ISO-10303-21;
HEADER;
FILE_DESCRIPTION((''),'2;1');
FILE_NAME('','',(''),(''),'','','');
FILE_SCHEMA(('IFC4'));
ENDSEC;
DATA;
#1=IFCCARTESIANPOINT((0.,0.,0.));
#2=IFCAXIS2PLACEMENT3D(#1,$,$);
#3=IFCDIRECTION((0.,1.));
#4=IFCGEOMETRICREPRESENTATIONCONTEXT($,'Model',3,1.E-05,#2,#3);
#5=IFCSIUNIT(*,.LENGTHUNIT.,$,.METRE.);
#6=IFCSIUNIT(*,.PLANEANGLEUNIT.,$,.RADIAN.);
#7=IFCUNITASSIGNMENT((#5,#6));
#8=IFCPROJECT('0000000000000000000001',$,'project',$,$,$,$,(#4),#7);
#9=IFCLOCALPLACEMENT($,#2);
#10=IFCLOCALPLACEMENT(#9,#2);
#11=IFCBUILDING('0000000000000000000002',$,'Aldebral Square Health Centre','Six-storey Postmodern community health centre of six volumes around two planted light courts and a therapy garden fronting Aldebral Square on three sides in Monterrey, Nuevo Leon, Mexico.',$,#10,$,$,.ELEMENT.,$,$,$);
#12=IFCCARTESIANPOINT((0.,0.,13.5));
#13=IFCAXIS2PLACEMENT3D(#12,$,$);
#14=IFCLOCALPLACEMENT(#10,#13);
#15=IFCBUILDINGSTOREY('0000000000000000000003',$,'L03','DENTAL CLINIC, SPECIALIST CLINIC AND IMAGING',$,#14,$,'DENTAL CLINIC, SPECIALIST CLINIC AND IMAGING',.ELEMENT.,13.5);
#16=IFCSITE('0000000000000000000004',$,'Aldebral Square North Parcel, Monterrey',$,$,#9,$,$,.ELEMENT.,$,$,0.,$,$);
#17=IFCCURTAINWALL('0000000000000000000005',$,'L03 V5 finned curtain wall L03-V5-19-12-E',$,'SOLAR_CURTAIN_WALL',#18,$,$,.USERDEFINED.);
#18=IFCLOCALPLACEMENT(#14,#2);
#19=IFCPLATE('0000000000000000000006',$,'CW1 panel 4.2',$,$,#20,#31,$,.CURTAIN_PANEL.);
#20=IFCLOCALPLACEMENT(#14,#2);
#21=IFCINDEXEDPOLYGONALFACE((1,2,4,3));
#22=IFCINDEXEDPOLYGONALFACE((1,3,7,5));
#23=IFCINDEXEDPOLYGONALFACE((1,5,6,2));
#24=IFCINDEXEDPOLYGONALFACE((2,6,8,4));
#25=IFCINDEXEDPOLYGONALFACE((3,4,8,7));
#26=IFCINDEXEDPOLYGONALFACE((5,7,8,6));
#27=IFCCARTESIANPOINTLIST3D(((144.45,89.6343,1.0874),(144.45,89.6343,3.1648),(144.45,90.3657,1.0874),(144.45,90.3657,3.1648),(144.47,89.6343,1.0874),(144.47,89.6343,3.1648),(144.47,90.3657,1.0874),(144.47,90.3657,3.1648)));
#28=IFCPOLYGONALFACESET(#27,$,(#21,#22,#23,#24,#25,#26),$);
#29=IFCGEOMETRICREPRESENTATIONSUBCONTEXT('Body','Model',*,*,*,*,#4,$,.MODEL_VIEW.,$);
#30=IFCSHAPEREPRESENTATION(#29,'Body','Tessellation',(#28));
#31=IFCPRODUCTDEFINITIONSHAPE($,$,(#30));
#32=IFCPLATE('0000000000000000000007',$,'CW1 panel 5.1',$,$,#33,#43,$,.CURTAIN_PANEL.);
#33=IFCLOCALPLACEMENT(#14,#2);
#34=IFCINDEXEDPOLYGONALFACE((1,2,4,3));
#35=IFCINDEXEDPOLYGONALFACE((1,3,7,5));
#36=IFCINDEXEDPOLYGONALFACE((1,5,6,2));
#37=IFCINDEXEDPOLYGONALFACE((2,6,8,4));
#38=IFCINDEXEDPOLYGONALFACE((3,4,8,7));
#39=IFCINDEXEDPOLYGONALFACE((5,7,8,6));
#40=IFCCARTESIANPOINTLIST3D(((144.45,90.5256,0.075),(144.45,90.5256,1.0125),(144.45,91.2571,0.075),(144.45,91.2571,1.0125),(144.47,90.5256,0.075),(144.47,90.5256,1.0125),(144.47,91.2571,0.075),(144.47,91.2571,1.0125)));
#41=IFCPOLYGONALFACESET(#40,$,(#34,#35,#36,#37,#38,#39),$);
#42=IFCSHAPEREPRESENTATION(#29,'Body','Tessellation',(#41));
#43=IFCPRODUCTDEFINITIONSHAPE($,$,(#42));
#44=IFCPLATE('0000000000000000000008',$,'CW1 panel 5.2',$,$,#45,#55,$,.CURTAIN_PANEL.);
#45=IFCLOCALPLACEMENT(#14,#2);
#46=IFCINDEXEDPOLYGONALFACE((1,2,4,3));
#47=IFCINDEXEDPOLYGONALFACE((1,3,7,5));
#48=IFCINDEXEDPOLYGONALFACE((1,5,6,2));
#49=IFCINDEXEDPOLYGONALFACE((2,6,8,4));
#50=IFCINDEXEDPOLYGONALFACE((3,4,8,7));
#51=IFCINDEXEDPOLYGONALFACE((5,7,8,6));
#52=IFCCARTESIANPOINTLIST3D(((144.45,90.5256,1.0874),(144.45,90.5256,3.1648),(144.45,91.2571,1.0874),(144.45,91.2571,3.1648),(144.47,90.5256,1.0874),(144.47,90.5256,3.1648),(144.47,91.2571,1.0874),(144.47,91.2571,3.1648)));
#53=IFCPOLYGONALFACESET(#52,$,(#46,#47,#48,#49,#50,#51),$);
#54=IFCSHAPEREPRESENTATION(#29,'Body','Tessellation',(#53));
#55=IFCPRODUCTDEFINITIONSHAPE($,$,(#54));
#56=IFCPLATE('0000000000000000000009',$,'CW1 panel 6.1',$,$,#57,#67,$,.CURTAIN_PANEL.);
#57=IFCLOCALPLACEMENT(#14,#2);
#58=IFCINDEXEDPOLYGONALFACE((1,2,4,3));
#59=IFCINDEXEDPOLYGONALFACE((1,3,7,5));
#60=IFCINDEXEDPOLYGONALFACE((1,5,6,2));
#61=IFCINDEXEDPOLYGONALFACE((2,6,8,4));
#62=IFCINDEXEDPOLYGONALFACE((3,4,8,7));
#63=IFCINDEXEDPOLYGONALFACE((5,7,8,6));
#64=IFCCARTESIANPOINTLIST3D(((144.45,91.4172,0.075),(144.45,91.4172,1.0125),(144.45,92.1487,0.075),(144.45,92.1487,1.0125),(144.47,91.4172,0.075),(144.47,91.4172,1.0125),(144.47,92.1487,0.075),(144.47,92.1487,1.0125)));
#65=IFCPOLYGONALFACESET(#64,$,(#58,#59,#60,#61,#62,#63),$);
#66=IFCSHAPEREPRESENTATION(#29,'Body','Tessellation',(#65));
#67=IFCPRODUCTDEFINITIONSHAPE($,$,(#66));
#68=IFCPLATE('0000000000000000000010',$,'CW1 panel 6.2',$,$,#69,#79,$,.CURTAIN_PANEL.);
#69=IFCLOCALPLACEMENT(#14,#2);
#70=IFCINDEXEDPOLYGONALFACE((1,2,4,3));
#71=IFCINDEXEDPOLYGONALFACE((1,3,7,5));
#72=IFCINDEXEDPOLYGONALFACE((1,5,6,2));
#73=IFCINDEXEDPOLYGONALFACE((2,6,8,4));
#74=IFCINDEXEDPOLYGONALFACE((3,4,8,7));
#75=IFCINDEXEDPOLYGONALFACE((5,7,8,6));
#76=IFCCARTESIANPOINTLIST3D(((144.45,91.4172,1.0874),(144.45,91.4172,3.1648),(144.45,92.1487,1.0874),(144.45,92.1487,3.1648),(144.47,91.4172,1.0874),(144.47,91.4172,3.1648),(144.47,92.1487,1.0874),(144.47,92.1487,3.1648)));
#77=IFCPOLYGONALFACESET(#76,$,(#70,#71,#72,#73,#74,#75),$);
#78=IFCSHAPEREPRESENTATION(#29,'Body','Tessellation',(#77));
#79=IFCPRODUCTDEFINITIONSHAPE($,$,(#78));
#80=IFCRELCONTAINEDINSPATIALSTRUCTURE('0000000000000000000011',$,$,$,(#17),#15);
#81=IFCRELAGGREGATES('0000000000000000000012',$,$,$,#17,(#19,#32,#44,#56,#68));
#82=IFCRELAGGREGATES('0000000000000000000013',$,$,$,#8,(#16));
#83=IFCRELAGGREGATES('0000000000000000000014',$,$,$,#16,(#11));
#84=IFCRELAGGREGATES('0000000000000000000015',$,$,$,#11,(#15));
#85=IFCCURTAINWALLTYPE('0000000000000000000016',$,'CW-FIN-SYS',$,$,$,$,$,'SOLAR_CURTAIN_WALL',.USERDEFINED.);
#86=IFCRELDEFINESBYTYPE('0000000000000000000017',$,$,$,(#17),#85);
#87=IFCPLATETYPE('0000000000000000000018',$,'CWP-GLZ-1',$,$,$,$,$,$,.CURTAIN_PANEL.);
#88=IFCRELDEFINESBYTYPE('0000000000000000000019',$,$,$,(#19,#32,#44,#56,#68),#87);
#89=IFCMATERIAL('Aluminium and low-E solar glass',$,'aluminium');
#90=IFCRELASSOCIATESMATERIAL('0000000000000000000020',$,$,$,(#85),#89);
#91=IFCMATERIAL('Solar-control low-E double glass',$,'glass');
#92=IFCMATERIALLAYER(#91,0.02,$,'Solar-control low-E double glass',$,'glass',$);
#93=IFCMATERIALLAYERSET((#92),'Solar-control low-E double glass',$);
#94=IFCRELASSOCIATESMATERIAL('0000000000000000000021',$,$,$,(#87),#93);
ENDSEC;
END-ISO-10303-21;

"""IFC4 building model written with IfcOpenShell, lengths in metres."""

from ifc_helpers import new_model, si_unit, direction, frame, origin, origin_2d, place, context, subcontext, project, spatial, rectangle, extrude, material, layer, layer_set, type_object, element, aggregate, save


model = new_model("IFC4")

# Units and contexts
model_context = context("Model", 3, precision=1e-05, world=origin(), true_north=direction((0.0, 1.0)))
body_context = subcontext(model_context, "Body", "Model", "MODEL_VIEW")
ifc_project = project(units=[si_unit("LENGTHUNIT", "METRE"), si_unit("PLANEANGLEUNIT", "RADIAN")], contexts=[model_context])

# Site, building, storey
site_placement = place(None, origin())
site = spatial("IfcSite", under=ifc_project, at=site_placement, Name="Aldebral Square North Parcel, Monterrey", CompositionType="ELEMENT", RefElevation=0.0)
building_placement = place(site_placement, origin())
building = spatial("IfcBuilding", under=site, at=building_placement, Name="Aldebral Square Health Centre", Description="Six-storey Postmodern community health centre of six volumes around two planted light courts and a therapy garden fronting Aldebral Square on three sides in Monterrey, Nuevo Leon, Mexico.", CompositionType="ELEMENT")
storey_placement = place(building_placement, frame((0.0, 0.0, 13.5)))
storey = spatial("IfcBuildingStorey", under=building, at=storey_placement, Name="L03", Description="DENTAL CLINIC, SPECIALIST CLINIC AND IMAGING", LongName="DENTAL CLINIC, SPECIALIST CLINIC AND IMAGING", CompositionType="ELEMENT", Elevation=13.5)

# Curtain wall, plates
ifc_material_1 = material(Name="Aluminium and low-E solar glass", Category="aluminium")
curtain_wall_type = type_object("IfcCurtainWallType", Name="CW-FIN-SYS", ElementType="SOLAR_CURTAIN_WALL", PredefinedType="USERDEFINED", material=ifc_material_1)
curtain_wall_placement = place(storey_placement, origin())
curtain_wall = element("IfcCurtainWall", 1, at=curtain_wall_placement, inside=storey, type_object=curtain_wall_type, Name="L03 V5 finned curtain wall L03-V5-19-12-E", ObjectType="SOLAR_CURTAIN_WALL", PredefinedType="USERDEFINED")
ifc_material_2 = material(Name="Solar-control low-E double glass", Category="glass")
ifc_layer = layer(ifc_material_2, 0.02, Name="Solar-control low-E double glass", Category="glass")
ifc_layer_set = layer_set([ifc_layer], Name="Solar-control low-E double glass")
plate_type = type_object("IfcPlateType", Name="CWP-GLZ-1", PredefinedType="CURTAIN_PANEL", material=ifc_layer_set)
plate_1_placement = place(storey_placement, frame((144.46, 90.0, 1.0874), z_axis=(0.0, 0.0, 1.0), x_axis=(0.0, 1.0, 0.0)))
plate_1 = element("IfcPlate", 2, at=plate_1_placement, type_object=plate_type, Name="CW1 panel 4.2", PredefinedType="CURTAIN_PANEL", context=body_context, shape_type="SweptSolid", body=[
    extrude(rectangle(XDim=0.7314, YDim=0.02, at=origin_2d()), origin(), (0.0, 0.0, 1.0), 2.0774),
])
plate_2_placement = place(storey_placement, frame((144.46, 90.8914, 0.075), z_axis=(0.0, 0.0, 1.0), x_axis=(0.0, 1.0, 0.0)))
plate_2 = element("IfcPlate", 3, at=plate_2_placement, type_object=plate_type, Name="CW1 panel 5.1", PredefinedType="CURTAIN_PANEL", context=body_context, shape_type="SweptSolid", body=[
    extrude(rectangle(XDim=0.7314, YDim=0.02, at=origin_2d()), origin(), (0.0, 0.0, 1.0), 0.9375),
])
plate_3_placement = place(storey_placement, frame((144.46, 90.8914, 1.0874), z_axis=(0.0, 0.0, 1.0), x_axis=(0.0, 1.0, 0.0)))
plate_3 = element("IfcPlate", 4, at=plate_3_placement, type_object=plate_type, Name="CW1 panel 5.2", PredefinedType="CURTAIN_PANEL", context=body_context, shape_type="SweptSolid", body=[
    extrude(rectangle(XDim=0.7314, YDim=0.02, at=origin_2d()), origin(), (0.0, 0.0, 1.0), 2.0774),
])
plate_4_placement = place(storey_placement, frame((144.46, 91.783, 0.075), z_axis=(0.0, 0.0, 1.0), x_axis=(0.0, 1.0, 0.0)))
plate_4 = element("IfcPlate", 5, at=plate_4_placement, type_object=plate_type, Name="CW1 panel 6.1", PredefinedType="CURTAIN_PANEL", context=body_context, shape_type="SweptSolid", body=[
    extrude(rectangle(XDim=0.7314, YDim=0.02, at=origin_2d()), origin(), (0.0, 0.0, 1.0), 0.9375),
])
plate_5_placement = place(storey_placement, frame((144.46, 91.783, 1.0874), z_axis=(0.0, 0.0, 1.0), x_axis=(0.0, 1.0, 0.0)))
plate_5 = element("IfcPlate", 6, at=plate_5_placement, type_object=plate_type, Name="CW1 panel 6.2", PredefinedType="CURTAIN_PANEL", context=body_context, shape_type="SweptSolid", body=[
    extrude(rectangle(XDim=0.7314, YDim=0.02, at=origin_2d()), origin(), (0.0, 0.0, 1.0), 2.0774),
])
aggregate(curtain_wall, [plate_1, plate_2, plate_3, plate_4, plate_5])

save(model, "model.ifc")
